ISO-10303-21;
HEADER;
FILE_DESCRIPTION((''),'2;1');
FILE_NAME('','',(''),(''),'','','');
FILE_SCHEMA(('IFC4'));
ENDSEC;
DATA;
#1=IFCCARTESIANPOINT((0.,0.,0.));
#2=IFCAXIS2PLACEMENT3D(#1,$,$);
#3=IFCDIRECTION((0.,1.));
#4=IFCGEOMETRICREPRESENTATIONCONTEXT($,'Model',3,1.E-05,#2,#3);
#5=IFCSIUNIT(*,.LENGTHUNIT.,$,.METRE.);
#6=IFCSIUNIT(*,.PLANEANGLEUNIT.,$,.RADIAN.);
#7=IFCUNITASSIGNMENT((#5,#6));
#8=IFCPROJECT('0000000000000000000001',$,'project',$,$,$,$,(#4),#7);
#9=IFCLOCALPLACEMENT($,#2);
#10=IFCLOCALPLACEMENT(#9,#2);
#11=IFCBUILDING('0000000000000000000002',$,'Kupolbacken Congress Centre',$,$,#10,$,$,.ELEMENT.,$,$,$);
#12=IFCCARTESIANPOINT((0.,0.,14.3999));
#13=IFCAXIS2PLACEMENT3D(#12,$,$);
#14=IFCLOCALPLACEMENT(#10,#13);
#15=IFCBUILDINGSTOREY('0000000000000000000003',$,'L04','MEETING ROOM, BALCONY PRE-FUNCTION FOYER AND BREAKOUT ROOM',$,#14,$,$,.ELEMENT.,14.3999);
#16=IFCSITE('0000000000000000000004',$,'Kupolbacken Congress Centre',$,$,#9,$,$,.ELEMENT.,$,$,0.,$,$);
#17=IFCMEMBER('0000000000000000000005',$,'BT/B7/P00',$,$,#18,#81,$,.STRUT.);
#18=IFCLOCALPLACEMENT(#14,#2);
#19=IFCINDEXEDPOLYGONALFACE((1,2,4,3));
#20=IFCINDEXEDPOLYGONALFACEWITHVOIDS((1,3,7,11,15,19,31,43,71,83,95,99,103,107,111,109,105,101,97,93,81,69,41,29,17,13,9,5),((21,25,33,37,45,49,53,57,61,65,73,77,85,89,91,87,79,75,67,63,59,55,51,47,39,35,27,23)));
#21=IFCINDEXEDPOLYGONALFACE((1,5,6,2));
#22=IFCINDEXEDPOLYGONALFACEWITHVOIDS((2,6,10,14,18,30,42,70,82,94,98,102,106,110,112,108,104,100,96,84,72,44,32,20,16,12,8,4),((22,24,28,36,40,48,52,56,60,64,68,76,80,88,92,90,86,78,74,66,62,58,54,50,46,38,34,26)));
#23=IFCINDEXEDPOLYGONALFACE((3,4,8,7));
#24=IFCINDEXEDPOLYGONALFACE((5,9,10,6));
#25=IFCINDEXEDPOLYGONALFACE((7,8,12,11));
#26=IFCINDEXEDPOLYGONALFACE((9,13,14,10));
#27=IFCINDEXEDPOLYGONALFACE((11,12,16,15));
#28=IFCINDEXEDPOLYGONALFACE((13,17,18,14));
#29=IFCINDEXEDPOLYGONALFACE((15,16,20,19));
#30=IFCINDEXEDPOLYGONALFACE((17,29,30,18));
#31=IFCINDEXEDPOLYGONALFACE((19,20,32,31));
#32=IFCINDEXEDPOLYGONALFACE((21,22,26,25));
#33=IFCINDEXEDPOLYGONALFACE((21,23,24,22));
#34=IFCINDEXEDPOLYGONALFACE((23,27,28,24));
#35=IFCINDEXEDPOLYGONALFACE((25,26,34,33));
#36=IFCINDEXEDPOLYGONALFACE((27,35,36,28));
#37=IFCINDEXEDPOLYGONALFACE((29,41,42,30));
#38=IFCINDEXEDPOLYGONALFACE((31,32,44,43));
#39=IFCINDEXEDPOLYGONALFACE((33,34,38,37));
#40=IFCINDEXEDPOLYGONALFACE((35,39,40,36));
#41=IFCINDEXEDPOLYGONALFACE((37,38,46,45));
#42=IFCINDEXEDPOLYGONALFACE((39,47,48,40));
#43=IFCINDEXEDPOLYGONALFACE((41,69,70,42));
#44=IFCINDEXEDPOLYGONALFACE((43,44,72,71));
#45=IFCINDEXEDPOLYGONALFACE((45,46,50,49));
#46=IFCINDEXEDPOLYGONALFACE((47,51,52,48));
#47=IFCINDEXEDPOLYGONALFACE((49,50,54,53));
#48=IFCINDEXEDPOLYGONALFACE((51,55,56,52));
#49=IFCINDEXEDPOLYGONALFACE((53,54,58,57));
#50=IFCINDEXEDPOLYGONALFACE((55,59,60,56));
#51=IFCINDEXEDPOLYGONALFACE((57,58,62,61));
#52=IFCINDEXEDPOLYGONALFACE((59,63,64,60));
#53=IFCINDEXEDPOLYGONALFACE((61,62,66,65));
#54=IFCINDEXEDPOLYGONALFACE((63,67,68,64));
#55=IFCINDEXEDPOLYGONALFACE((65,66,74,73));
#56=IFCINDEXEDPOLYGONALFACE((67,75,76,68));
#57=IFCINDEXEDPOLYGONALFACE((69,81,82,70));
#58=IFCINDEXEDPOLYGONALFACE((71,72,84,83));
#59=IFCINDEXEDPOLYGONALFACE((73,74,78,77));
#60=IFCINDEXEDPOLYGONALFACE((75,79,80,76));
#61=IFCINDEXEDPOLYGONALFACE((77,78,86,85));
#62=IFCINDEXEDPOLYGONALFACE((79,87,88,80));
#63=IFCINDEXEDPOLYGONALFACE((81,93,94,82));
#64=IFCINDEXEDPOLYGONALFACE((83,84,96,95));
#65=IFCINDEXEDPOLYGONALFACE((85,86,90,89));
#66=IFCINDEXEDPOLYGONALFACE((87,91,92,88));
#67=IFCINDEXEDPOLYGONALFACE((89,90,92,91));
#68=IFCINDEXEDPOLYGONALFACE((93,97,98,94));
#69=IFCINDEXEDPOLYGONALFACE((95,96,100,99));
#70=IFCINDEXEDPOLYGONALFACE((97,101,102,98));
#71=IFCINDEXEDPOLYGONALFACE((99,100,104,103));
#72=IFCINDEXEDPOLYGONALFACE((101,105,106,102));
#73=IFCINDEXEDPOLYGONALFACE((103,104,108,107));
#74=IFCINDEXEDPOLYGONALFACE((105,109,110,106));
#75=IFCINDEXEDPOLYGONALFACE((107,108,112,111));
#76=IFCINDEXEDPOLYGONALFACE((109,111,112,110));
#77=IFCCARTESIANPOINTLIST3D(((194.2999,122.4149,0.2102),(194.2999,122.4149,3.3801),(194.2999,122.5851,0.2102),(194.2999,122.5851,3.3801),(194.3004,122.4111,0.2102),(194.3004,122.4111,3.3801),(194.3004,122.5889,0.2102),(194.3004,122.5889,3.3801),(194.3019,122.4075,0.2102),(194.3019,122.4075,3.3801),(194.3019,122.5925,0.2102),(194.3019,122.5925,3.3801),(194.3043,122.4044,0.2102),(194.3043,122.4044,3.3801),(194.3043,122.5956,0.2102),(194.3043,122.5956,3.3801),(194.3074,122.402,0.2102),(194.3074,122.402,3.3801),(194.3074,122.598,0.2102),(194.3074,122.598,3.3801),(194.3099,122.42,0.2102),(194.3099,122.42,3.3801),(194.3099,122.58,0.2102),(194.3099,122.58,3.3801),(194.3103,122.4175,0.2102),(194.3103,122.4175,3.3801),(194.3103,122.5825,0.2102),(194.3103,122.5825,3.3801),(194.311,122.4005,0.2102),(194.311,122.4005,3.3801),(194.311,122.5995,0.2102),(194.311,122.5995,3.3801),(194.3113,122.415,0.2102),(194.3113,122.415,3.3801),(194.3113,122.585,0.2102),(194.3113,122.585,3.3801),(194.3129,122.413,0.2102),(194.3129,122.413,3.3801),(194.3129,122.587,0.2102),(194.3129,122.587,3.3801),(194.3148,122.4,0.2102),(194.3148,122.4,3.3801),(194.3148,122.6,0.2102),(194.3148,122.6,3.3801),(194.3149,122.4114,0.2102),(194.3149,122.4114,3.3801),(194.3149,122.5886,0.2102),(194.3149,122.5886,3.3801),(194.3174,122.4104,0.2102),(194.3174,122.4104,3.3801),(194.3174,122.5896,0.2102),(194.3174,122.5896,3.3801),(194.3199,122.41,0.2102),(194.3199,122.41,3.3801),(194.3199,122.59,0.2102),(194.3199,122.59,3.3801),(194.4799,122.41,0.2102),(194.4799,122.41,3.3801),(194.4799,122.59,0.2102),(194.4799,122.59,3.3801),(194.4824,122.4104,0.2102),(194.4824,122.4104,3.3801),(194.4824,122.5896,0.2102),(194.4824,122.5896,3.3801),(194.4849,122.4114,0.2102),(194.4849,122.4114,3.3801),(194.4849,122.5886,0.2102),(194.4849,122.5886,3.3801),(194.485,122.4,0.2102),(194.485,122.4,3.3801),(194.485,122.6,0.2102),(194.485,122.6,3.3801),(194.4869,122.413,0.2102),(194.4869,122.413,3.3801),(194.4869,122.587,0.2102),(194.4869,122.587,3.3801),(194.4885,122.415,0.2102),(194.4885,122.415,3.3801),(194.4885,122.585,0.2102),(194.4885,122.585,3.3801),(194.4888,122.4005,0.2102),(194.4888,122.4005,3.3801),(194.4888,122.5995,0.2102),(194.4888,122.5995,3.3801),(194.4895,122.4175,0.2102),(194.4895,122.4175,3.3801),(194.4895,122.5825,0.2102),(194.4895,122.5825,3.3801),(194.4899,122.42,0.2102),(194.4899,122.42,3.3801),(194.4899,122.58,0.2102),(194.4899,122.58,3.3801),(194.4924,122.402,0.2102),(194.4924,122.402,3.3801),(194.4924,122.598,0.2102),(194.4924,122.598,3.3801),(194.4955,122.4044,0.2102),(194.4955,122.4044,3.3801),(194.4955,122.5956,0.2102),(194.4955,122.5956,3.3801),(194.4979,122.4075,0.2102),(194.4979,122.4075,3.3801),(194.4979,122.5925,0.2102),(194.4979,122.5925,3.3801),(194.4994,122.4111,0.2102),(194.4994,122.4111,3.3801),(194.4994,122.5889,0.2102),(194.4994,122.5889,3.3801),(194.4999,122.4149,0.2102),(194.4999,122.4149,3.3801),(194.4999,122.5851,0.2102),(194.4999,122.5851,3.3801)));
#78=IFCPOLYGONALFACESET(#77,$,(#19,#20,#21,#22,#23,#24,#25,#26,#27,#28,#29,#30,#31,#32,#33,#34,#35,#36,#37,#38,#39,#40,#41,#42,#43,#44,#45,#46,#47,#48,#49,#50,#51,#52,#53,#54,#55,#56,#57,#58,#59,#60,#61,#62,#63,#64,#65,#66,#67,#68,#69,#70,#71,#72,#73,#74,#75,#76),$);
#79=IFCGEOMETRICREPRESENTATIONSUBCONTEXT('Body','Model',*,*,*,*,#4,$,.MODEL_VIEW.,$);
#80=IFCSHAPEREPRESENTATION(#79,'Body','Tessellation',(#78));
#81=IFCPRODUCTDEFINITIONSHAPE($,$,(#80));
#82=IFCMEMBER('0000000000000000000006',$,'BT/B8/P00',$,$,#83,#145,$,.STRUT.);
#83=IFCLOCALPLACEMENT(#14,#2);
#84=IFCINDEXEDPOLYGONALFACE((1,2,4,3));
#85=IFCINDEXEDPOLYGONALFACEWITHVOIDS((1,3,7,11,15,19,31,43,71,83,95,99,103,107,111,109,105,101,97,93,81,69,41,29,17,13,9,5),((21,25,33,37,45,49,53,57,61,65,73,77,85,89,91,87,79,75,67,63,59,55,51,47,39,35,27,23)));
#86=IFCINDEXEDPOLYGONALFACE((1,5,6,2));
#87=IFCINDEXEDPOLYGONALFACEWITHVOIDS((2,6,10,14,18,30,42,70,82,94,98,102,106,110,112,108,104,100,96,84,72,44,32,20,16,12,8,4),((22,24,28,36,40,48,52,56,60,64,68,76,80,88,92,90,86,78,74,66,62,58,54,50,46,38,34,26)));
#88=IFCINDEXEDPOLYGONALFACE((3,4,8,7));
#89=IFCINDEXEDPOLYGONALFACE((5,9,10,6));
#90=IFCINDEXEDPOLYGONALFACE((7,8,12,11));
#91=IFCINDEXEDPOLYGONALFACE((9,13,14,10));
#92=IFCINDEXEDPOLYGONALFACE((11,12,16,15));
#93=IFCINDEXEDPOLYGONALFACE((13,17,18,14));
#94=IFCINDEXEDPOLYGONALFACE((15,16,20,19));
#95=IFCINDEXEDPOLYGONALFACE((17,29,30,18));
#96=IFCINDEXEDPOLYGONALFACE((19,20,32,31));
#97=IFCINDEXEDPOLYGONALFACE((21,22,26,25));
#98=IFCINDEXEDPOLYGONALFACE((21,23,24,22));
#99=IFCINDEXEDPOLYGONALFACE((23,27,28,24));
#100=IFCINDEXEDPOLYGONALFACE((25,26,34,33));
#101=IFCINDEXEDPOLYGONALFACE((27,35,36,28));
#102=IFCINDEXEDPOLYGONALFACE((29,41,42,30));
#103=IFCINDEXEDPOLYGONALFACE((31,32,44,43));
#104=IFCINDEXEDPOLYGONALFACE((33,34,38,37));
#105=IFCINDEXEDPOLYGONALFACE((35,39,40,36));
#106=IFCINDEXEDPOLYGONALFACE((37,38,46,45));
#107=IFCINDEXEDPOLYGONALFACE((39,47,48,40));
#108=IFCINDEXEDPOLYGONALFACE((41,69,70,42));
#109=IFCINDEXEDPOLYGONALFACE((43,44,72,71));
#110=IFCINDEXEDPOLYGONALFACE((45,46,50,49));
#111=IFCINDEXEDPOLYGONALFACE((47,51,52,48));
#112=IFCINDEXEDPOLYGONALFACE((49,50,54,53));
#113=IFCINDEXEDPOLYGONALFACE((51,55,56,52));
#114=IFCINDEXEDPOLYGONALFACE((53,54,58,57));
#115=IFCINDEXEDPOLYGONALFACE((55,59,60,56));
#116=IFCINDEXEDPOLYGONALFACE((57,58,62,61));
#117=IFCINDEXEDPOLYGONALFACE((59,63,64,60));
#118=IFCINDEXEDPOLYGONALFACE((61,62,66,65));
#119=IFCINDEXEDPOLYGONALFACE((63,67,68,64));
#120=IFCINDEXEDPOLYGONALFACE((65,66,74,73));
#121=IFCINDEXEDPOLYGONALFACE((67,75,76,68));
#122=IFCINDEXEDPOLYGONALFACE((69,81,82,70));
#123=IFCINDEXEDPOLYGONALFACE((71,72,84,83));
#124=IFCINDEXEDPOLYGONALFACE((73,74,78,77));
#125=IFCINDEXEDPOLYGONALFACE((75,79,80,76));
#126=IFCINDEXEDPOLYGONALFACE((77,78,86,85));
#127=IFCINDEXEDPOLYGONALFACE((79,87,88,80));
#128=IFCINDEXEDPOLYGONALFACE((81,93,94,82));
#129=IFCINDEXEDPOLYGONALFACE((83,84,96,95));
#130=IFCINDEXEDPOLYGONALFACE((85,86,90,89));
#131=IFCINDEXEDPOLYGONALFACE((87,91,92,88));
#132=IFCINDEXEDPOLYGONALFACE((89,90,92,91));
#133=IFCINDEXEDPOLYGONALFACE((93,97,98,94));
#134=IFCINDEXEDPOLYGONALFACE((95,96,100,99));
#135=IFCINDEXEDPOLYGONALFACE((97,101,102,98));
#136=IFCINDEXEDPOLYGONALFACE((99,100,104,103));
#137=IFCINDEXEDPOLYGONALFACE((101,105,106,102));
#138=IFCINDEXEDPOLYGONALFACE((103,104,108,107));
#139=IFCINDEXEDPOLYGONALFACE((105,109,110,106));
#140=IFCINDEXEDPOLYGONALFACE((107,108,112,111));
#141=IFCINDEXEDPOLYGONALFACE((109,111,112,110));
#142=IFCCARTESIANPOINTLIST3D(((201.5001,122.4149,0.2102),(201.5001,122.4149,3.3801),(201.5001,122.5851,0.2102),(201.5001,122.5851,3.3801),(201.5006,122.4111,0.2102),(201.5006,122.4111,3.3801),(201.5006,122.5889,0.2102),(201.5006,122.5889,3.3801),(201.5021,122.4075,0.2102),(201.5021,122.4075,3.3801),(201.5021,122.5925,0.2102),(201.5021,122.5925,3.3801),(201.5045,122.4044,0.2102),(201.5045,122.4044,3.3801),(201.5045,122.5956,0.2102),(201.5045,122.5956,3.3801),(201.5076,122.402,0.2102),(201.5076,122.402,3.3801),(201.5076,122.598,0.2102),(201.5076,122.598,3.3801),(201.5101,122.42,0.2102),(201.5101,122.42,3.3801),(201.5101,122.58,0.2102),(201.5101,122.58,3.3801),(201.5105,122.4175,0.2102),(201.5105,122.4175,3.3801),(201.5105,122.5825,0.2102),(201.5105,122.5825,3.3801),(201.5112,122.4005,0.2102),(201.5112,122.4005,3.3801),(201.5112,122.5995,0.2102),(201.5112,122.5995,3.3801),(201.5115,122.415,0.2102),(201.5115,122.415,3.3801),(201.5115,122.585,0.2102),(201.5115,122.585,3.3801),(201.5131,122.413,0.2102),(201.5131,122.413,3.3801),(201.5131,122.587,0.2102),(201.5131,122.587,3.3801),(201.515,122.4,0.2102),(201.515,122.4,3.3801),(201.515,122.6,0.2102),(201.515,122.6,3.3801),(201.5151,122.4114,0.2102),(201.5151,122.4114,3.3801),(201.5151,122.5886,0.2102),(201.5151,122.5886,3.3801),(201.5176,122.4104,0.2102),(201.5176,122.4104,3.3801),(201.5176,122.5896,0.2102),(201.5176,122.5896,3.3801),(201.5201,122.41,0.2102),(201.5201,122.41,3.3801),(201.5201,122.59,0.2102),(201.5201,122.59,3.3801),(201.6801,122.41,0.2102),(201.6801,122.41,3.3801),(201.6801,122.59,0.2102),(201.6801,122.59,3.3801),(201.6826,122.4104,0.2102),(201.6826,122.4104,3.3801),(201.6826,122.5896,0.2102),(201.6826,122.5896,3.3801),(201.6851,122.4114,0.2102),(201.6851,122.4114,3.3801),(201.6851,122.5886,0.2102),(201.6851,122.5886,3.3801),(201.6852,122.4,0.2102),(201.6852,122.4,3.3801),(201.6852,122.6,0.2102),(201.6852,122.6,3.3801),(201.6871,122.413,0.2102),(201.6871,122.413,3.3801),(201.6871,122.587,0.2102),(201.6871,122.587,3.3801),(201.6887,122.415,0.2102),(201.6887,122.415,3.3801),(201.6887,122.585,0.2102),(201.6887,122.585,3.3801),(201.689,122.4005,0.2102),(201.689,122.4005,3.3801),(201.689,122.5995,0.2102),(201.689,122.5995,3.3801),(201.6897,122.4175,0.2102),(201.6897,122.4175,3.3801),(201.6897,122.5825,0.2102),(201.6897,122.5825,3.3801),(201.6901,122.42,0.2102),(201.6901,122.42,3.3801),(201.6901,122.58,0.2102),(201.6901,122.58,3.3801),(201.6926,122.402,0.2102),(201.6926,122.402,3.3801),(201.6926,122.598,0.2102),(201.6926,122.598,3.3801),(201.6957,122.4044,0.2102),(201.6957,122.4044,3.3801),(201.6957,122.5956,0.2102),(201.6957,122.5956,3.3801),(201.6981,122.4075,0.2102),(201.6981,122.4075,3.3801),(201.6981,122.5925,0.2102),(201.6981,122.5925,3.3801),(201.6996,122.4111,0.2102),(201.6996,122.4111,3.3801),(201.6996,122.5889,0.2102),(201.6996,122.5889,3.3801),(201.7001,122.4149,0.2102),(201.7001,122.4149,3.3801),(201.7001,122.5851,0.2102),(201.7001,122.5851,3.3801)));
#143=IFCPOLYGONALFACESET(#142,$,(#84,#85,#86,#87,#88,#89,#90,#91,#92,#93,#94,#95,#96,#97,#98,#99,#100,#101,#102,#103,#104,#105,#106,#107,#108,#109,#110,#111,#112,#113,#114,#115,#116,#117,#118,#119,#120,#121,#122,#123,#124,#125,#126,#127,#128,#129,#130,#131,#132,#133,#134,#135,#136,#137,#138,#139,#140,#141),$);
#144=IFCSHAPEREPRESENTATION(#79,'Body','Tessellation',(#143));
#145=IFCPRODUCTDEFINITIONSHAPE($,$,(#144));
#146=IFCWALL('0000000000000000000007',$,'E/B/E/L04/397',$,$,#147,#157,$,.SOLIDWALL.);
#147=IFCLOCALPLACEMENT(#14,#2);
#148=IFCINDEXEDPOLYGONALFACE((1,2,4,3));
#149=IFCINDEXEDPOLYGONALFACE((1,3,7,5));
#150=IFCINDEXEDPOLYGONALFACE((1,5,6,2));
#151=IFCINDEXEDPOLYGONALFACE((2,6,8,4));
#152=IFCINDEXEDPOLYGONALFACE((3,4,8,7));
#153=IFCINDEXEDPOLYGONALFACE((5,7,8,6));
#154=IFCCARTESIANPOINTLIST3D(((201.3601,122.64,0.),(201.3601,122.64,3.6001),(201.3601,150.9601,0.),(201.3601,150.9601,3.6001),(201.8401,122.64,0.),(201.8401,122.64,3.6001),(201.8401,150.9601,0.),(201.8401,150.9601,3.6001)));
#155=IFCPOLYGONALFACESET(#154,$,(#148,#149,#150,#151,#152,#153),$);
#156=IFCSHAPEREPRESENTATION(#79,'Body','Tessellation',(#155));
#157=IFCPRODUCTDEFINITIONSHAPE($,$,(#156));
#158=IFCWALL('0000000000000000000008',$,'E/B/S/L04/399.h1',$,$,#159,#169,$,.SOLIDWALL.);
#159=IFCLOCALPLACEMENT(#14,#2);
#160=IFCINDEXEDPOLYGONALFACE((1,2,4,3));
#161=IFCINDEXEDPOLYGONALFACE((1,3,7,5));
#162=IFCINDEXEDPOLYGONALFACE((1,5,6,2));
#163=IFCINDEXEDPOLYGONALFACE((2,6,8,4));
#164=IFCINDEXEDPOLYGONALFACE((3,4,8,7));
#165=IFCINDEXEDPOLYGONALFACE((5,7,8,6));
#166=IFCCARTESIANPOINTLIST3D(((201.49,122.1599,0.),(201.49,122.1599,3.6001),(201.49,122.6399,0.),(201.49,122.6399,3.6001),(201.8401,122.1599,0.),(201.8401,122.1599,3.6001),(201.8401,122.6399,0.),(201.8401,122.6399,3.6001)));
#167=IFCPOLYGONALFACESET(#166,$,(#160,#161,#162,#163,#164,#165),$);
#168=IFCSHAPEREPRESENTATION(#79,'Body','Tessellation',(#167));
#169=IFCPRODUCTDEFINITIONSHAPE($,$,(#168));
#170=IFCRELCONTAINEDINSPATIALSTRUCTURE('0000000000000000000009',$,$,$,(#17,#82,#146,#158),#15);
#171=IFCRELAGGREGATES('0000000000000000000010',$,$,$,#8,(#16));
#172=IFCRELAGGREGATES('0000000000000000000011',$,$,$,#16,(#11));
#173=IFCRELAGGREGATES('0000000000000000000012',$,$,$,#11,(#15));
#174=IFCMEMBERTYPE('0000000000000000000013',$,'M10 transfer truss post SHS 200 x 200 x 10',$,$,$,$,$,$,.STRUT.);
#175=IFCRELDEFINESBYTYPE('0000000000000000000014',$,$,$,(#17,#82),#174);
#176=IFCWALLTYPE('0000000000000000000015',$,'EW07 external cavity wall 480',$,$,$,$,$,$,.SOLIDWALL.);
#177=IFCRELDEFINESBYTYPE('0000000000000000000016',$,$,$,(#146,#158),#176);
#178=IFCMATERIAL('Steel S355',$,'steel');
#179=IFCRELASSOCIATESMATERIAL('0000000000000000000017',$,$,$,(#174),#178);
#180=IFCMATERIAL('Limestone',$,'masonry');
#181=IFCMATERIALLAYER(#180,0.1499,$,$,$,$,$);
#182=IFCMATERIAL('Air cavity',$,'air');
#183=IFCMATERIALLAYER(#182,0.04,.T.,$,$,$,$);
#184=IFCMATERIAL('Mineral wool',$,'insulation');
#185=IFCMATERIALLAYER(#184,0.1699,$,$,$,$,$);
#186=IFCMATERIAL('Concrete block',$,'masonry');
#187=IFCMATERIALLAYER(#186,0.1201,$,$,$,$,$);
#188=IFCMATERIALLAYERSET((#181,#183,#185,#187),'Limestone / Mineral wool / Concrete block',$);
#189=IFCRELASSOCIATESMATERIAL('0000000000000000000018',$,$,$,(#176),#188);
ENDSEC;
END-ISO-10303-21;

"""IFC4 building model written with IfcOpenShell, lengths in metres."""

from ifc_helpers import new_model, si_unit, direction, frame, frame_2d, origin, origin_2d, place, context, subcontext, project, spatial, rectangle, hollow_rectangle, extrude, material, layer, layer_set, material_profile, profile_set, type_object, element, save


model = new_model("IFC4")

# Units and contexts
model_context = context("Model", 3, precision=1e-05, world=origin(), true_north=direction((0.0, 1.0)))
body_context = subcontext(model_context, "Body", "Model", "MODEL_VIEW")
ifc_project = project(units=[si_unit("LENGTHUNIT", "METRE"), si_unit("PLANEANGLEUNIT", "RADIAN")], contexts=[model_context])

# Site, building, storey
site_placement = place(None, origin())
site = spatial("IfcSite", under=ifc_project, at=site_placement, Name="Kupolbacken Congress Centre", CompositionType="ELEMENT", RefElevation=0.0)
building_placement = place(site_placement, origin())
building = spatial("IfcBuilding", under=site, at=building_placement, Name="Kupolbacken Congress Centre", CompositionType="ELEMENT")
storey_placement = place(building_placement, frame((0.0, 0.0, 14.3999)))
storey = spatial("IfcBuildingStorey", under=building, at=storey_placement, Name="L04", Description="MEETING ROOM, BALCONY PRE-FUNCTION FOYER AND BREAKOUT ROOM", CompositionType="ELEMENT", Elevation=14.3999)

# Members
ifc_material_1 = material(Name="Steel S355", Category="steel")
ifc_material_profile_1 = material_profile(ifc_material_1, hollow_rectangle(XDim=0.2, YDim=0.2, WallThickness=0.01, InnerFilletRadius=0.01, OuterFilletRadius=0.0149, at=origin_2d()), Name="SHS 200 x 200 x 10")
ifc_profile_set_1 = profile_set([ifc_material_profile_1], Name="Steel S355")
member_type_1 = type_object("IfcMemberType", Name="M10 transfer truss post SHS 200 x 200 x 10", PredefinedType="STRUT", material=ifc_profile_set_1)
for number, where, z_axis, x_axis, name in (
    (1, (194.3999, 122.5, 0.2102), (0.0, 0.0, 1.0), (0.0, 1.0, 0.0), "BT/B7/P00"),
    (2, (201.6001, 122.5, 0.2102), (0.0, 0.0, 1.0), (0.0, 1.0, 0.0), "BT/B8/P00"),
):
    element("IfcMember", number, at=place(storey_placement, frame(where, z_axis=z_axis, x_axis=x_axis)), inside=storey, type_object=member_type_1, Name=name, PredefinedType="STRUT", context=body_context, shape_type="SweptSolid", body=[
        extrude(hollow_rectangle(XDim=0.2, YDim=0.2, WallThickness=0.01, InnerFilletRadius=0.01, OuterFilletRadius=0.0149, at=origin_2d()), origin(), (0.0, 0.0, 1.0), 3.1699),
    ])

# Walls
ifc_material_2 = material(Name="Limestone", Category="masonry")
ifc_layer_1 = layer(ifc_material_2, 0.1499)
ifc_material_3 = material(Name="Air cavity", Category="air")
ifc_layer_2 = layer(ifc_material_3, 0.04, ventilated=True)
ifc_material_4 = material(Name="Mineral wool", Category="insulation")
ifc_layer_3 = layer(ifc_material_4, 0.1699)
ifc_material_5 = material(Name="Concrete block", Category="masonry")
ifc_layer_4 = layer(ifc_material_5, 0.1201)
ifc_layer_set = layer_set([ifc_layer_1, ifc_layer_2, ifc_layer_3, ifc_layer_4], Name="Limestone / Mineral wool / Concrete block")
wall_type = type_object("IfcWallType", Name="EW07 external cavity wall 480", PredefinedType="SOLIDWALL", material=ifc_layer_set)
wall_1_placement = place(storey_placement, frame((201.6001, 122.6399, 0.0), z_axis=(0.0, 0.0, 1.0), x_axis=(0.0, 1.0, 0.0)))
element("IfcWall", 3, at=wall_1_placement, inside=storey, type_object=wall_type, Name="E/B/E/L04/397", PredefinedType="SOLIDWALL", context=body_context, shape_type="SweptSolid", body=[
    extrude(rectangle(XDim=28.3201, YDim=0.48, at=frame_2d((14.1602, 0.0))), origin(), (0.0, 0.0, 1.0), 3.6001),
])
wall_2_placement = place(storey_placement, frame((201.49, 122.3999, 0.0), z_axis=(0.0, 0.0, 1.0), x_axis=(1.0, 0.0, 0.0)))
element("IfcWall", 4, at=wall_2_placement, inside=storey, type_object=wall_type, Name="E/B/S/L04/399.h1", PredefinedType="SOLIDWALL", context=body_context, shape_type="SweptSolid", body=[
    extrude(rectangle(XDim=0.3501, YDim=0.48, at=frame_2d((0.175, 0.0))), origin(), (0.0, 0.0, 1.0), 3.6001),
])

save(model, "model.ifc")
